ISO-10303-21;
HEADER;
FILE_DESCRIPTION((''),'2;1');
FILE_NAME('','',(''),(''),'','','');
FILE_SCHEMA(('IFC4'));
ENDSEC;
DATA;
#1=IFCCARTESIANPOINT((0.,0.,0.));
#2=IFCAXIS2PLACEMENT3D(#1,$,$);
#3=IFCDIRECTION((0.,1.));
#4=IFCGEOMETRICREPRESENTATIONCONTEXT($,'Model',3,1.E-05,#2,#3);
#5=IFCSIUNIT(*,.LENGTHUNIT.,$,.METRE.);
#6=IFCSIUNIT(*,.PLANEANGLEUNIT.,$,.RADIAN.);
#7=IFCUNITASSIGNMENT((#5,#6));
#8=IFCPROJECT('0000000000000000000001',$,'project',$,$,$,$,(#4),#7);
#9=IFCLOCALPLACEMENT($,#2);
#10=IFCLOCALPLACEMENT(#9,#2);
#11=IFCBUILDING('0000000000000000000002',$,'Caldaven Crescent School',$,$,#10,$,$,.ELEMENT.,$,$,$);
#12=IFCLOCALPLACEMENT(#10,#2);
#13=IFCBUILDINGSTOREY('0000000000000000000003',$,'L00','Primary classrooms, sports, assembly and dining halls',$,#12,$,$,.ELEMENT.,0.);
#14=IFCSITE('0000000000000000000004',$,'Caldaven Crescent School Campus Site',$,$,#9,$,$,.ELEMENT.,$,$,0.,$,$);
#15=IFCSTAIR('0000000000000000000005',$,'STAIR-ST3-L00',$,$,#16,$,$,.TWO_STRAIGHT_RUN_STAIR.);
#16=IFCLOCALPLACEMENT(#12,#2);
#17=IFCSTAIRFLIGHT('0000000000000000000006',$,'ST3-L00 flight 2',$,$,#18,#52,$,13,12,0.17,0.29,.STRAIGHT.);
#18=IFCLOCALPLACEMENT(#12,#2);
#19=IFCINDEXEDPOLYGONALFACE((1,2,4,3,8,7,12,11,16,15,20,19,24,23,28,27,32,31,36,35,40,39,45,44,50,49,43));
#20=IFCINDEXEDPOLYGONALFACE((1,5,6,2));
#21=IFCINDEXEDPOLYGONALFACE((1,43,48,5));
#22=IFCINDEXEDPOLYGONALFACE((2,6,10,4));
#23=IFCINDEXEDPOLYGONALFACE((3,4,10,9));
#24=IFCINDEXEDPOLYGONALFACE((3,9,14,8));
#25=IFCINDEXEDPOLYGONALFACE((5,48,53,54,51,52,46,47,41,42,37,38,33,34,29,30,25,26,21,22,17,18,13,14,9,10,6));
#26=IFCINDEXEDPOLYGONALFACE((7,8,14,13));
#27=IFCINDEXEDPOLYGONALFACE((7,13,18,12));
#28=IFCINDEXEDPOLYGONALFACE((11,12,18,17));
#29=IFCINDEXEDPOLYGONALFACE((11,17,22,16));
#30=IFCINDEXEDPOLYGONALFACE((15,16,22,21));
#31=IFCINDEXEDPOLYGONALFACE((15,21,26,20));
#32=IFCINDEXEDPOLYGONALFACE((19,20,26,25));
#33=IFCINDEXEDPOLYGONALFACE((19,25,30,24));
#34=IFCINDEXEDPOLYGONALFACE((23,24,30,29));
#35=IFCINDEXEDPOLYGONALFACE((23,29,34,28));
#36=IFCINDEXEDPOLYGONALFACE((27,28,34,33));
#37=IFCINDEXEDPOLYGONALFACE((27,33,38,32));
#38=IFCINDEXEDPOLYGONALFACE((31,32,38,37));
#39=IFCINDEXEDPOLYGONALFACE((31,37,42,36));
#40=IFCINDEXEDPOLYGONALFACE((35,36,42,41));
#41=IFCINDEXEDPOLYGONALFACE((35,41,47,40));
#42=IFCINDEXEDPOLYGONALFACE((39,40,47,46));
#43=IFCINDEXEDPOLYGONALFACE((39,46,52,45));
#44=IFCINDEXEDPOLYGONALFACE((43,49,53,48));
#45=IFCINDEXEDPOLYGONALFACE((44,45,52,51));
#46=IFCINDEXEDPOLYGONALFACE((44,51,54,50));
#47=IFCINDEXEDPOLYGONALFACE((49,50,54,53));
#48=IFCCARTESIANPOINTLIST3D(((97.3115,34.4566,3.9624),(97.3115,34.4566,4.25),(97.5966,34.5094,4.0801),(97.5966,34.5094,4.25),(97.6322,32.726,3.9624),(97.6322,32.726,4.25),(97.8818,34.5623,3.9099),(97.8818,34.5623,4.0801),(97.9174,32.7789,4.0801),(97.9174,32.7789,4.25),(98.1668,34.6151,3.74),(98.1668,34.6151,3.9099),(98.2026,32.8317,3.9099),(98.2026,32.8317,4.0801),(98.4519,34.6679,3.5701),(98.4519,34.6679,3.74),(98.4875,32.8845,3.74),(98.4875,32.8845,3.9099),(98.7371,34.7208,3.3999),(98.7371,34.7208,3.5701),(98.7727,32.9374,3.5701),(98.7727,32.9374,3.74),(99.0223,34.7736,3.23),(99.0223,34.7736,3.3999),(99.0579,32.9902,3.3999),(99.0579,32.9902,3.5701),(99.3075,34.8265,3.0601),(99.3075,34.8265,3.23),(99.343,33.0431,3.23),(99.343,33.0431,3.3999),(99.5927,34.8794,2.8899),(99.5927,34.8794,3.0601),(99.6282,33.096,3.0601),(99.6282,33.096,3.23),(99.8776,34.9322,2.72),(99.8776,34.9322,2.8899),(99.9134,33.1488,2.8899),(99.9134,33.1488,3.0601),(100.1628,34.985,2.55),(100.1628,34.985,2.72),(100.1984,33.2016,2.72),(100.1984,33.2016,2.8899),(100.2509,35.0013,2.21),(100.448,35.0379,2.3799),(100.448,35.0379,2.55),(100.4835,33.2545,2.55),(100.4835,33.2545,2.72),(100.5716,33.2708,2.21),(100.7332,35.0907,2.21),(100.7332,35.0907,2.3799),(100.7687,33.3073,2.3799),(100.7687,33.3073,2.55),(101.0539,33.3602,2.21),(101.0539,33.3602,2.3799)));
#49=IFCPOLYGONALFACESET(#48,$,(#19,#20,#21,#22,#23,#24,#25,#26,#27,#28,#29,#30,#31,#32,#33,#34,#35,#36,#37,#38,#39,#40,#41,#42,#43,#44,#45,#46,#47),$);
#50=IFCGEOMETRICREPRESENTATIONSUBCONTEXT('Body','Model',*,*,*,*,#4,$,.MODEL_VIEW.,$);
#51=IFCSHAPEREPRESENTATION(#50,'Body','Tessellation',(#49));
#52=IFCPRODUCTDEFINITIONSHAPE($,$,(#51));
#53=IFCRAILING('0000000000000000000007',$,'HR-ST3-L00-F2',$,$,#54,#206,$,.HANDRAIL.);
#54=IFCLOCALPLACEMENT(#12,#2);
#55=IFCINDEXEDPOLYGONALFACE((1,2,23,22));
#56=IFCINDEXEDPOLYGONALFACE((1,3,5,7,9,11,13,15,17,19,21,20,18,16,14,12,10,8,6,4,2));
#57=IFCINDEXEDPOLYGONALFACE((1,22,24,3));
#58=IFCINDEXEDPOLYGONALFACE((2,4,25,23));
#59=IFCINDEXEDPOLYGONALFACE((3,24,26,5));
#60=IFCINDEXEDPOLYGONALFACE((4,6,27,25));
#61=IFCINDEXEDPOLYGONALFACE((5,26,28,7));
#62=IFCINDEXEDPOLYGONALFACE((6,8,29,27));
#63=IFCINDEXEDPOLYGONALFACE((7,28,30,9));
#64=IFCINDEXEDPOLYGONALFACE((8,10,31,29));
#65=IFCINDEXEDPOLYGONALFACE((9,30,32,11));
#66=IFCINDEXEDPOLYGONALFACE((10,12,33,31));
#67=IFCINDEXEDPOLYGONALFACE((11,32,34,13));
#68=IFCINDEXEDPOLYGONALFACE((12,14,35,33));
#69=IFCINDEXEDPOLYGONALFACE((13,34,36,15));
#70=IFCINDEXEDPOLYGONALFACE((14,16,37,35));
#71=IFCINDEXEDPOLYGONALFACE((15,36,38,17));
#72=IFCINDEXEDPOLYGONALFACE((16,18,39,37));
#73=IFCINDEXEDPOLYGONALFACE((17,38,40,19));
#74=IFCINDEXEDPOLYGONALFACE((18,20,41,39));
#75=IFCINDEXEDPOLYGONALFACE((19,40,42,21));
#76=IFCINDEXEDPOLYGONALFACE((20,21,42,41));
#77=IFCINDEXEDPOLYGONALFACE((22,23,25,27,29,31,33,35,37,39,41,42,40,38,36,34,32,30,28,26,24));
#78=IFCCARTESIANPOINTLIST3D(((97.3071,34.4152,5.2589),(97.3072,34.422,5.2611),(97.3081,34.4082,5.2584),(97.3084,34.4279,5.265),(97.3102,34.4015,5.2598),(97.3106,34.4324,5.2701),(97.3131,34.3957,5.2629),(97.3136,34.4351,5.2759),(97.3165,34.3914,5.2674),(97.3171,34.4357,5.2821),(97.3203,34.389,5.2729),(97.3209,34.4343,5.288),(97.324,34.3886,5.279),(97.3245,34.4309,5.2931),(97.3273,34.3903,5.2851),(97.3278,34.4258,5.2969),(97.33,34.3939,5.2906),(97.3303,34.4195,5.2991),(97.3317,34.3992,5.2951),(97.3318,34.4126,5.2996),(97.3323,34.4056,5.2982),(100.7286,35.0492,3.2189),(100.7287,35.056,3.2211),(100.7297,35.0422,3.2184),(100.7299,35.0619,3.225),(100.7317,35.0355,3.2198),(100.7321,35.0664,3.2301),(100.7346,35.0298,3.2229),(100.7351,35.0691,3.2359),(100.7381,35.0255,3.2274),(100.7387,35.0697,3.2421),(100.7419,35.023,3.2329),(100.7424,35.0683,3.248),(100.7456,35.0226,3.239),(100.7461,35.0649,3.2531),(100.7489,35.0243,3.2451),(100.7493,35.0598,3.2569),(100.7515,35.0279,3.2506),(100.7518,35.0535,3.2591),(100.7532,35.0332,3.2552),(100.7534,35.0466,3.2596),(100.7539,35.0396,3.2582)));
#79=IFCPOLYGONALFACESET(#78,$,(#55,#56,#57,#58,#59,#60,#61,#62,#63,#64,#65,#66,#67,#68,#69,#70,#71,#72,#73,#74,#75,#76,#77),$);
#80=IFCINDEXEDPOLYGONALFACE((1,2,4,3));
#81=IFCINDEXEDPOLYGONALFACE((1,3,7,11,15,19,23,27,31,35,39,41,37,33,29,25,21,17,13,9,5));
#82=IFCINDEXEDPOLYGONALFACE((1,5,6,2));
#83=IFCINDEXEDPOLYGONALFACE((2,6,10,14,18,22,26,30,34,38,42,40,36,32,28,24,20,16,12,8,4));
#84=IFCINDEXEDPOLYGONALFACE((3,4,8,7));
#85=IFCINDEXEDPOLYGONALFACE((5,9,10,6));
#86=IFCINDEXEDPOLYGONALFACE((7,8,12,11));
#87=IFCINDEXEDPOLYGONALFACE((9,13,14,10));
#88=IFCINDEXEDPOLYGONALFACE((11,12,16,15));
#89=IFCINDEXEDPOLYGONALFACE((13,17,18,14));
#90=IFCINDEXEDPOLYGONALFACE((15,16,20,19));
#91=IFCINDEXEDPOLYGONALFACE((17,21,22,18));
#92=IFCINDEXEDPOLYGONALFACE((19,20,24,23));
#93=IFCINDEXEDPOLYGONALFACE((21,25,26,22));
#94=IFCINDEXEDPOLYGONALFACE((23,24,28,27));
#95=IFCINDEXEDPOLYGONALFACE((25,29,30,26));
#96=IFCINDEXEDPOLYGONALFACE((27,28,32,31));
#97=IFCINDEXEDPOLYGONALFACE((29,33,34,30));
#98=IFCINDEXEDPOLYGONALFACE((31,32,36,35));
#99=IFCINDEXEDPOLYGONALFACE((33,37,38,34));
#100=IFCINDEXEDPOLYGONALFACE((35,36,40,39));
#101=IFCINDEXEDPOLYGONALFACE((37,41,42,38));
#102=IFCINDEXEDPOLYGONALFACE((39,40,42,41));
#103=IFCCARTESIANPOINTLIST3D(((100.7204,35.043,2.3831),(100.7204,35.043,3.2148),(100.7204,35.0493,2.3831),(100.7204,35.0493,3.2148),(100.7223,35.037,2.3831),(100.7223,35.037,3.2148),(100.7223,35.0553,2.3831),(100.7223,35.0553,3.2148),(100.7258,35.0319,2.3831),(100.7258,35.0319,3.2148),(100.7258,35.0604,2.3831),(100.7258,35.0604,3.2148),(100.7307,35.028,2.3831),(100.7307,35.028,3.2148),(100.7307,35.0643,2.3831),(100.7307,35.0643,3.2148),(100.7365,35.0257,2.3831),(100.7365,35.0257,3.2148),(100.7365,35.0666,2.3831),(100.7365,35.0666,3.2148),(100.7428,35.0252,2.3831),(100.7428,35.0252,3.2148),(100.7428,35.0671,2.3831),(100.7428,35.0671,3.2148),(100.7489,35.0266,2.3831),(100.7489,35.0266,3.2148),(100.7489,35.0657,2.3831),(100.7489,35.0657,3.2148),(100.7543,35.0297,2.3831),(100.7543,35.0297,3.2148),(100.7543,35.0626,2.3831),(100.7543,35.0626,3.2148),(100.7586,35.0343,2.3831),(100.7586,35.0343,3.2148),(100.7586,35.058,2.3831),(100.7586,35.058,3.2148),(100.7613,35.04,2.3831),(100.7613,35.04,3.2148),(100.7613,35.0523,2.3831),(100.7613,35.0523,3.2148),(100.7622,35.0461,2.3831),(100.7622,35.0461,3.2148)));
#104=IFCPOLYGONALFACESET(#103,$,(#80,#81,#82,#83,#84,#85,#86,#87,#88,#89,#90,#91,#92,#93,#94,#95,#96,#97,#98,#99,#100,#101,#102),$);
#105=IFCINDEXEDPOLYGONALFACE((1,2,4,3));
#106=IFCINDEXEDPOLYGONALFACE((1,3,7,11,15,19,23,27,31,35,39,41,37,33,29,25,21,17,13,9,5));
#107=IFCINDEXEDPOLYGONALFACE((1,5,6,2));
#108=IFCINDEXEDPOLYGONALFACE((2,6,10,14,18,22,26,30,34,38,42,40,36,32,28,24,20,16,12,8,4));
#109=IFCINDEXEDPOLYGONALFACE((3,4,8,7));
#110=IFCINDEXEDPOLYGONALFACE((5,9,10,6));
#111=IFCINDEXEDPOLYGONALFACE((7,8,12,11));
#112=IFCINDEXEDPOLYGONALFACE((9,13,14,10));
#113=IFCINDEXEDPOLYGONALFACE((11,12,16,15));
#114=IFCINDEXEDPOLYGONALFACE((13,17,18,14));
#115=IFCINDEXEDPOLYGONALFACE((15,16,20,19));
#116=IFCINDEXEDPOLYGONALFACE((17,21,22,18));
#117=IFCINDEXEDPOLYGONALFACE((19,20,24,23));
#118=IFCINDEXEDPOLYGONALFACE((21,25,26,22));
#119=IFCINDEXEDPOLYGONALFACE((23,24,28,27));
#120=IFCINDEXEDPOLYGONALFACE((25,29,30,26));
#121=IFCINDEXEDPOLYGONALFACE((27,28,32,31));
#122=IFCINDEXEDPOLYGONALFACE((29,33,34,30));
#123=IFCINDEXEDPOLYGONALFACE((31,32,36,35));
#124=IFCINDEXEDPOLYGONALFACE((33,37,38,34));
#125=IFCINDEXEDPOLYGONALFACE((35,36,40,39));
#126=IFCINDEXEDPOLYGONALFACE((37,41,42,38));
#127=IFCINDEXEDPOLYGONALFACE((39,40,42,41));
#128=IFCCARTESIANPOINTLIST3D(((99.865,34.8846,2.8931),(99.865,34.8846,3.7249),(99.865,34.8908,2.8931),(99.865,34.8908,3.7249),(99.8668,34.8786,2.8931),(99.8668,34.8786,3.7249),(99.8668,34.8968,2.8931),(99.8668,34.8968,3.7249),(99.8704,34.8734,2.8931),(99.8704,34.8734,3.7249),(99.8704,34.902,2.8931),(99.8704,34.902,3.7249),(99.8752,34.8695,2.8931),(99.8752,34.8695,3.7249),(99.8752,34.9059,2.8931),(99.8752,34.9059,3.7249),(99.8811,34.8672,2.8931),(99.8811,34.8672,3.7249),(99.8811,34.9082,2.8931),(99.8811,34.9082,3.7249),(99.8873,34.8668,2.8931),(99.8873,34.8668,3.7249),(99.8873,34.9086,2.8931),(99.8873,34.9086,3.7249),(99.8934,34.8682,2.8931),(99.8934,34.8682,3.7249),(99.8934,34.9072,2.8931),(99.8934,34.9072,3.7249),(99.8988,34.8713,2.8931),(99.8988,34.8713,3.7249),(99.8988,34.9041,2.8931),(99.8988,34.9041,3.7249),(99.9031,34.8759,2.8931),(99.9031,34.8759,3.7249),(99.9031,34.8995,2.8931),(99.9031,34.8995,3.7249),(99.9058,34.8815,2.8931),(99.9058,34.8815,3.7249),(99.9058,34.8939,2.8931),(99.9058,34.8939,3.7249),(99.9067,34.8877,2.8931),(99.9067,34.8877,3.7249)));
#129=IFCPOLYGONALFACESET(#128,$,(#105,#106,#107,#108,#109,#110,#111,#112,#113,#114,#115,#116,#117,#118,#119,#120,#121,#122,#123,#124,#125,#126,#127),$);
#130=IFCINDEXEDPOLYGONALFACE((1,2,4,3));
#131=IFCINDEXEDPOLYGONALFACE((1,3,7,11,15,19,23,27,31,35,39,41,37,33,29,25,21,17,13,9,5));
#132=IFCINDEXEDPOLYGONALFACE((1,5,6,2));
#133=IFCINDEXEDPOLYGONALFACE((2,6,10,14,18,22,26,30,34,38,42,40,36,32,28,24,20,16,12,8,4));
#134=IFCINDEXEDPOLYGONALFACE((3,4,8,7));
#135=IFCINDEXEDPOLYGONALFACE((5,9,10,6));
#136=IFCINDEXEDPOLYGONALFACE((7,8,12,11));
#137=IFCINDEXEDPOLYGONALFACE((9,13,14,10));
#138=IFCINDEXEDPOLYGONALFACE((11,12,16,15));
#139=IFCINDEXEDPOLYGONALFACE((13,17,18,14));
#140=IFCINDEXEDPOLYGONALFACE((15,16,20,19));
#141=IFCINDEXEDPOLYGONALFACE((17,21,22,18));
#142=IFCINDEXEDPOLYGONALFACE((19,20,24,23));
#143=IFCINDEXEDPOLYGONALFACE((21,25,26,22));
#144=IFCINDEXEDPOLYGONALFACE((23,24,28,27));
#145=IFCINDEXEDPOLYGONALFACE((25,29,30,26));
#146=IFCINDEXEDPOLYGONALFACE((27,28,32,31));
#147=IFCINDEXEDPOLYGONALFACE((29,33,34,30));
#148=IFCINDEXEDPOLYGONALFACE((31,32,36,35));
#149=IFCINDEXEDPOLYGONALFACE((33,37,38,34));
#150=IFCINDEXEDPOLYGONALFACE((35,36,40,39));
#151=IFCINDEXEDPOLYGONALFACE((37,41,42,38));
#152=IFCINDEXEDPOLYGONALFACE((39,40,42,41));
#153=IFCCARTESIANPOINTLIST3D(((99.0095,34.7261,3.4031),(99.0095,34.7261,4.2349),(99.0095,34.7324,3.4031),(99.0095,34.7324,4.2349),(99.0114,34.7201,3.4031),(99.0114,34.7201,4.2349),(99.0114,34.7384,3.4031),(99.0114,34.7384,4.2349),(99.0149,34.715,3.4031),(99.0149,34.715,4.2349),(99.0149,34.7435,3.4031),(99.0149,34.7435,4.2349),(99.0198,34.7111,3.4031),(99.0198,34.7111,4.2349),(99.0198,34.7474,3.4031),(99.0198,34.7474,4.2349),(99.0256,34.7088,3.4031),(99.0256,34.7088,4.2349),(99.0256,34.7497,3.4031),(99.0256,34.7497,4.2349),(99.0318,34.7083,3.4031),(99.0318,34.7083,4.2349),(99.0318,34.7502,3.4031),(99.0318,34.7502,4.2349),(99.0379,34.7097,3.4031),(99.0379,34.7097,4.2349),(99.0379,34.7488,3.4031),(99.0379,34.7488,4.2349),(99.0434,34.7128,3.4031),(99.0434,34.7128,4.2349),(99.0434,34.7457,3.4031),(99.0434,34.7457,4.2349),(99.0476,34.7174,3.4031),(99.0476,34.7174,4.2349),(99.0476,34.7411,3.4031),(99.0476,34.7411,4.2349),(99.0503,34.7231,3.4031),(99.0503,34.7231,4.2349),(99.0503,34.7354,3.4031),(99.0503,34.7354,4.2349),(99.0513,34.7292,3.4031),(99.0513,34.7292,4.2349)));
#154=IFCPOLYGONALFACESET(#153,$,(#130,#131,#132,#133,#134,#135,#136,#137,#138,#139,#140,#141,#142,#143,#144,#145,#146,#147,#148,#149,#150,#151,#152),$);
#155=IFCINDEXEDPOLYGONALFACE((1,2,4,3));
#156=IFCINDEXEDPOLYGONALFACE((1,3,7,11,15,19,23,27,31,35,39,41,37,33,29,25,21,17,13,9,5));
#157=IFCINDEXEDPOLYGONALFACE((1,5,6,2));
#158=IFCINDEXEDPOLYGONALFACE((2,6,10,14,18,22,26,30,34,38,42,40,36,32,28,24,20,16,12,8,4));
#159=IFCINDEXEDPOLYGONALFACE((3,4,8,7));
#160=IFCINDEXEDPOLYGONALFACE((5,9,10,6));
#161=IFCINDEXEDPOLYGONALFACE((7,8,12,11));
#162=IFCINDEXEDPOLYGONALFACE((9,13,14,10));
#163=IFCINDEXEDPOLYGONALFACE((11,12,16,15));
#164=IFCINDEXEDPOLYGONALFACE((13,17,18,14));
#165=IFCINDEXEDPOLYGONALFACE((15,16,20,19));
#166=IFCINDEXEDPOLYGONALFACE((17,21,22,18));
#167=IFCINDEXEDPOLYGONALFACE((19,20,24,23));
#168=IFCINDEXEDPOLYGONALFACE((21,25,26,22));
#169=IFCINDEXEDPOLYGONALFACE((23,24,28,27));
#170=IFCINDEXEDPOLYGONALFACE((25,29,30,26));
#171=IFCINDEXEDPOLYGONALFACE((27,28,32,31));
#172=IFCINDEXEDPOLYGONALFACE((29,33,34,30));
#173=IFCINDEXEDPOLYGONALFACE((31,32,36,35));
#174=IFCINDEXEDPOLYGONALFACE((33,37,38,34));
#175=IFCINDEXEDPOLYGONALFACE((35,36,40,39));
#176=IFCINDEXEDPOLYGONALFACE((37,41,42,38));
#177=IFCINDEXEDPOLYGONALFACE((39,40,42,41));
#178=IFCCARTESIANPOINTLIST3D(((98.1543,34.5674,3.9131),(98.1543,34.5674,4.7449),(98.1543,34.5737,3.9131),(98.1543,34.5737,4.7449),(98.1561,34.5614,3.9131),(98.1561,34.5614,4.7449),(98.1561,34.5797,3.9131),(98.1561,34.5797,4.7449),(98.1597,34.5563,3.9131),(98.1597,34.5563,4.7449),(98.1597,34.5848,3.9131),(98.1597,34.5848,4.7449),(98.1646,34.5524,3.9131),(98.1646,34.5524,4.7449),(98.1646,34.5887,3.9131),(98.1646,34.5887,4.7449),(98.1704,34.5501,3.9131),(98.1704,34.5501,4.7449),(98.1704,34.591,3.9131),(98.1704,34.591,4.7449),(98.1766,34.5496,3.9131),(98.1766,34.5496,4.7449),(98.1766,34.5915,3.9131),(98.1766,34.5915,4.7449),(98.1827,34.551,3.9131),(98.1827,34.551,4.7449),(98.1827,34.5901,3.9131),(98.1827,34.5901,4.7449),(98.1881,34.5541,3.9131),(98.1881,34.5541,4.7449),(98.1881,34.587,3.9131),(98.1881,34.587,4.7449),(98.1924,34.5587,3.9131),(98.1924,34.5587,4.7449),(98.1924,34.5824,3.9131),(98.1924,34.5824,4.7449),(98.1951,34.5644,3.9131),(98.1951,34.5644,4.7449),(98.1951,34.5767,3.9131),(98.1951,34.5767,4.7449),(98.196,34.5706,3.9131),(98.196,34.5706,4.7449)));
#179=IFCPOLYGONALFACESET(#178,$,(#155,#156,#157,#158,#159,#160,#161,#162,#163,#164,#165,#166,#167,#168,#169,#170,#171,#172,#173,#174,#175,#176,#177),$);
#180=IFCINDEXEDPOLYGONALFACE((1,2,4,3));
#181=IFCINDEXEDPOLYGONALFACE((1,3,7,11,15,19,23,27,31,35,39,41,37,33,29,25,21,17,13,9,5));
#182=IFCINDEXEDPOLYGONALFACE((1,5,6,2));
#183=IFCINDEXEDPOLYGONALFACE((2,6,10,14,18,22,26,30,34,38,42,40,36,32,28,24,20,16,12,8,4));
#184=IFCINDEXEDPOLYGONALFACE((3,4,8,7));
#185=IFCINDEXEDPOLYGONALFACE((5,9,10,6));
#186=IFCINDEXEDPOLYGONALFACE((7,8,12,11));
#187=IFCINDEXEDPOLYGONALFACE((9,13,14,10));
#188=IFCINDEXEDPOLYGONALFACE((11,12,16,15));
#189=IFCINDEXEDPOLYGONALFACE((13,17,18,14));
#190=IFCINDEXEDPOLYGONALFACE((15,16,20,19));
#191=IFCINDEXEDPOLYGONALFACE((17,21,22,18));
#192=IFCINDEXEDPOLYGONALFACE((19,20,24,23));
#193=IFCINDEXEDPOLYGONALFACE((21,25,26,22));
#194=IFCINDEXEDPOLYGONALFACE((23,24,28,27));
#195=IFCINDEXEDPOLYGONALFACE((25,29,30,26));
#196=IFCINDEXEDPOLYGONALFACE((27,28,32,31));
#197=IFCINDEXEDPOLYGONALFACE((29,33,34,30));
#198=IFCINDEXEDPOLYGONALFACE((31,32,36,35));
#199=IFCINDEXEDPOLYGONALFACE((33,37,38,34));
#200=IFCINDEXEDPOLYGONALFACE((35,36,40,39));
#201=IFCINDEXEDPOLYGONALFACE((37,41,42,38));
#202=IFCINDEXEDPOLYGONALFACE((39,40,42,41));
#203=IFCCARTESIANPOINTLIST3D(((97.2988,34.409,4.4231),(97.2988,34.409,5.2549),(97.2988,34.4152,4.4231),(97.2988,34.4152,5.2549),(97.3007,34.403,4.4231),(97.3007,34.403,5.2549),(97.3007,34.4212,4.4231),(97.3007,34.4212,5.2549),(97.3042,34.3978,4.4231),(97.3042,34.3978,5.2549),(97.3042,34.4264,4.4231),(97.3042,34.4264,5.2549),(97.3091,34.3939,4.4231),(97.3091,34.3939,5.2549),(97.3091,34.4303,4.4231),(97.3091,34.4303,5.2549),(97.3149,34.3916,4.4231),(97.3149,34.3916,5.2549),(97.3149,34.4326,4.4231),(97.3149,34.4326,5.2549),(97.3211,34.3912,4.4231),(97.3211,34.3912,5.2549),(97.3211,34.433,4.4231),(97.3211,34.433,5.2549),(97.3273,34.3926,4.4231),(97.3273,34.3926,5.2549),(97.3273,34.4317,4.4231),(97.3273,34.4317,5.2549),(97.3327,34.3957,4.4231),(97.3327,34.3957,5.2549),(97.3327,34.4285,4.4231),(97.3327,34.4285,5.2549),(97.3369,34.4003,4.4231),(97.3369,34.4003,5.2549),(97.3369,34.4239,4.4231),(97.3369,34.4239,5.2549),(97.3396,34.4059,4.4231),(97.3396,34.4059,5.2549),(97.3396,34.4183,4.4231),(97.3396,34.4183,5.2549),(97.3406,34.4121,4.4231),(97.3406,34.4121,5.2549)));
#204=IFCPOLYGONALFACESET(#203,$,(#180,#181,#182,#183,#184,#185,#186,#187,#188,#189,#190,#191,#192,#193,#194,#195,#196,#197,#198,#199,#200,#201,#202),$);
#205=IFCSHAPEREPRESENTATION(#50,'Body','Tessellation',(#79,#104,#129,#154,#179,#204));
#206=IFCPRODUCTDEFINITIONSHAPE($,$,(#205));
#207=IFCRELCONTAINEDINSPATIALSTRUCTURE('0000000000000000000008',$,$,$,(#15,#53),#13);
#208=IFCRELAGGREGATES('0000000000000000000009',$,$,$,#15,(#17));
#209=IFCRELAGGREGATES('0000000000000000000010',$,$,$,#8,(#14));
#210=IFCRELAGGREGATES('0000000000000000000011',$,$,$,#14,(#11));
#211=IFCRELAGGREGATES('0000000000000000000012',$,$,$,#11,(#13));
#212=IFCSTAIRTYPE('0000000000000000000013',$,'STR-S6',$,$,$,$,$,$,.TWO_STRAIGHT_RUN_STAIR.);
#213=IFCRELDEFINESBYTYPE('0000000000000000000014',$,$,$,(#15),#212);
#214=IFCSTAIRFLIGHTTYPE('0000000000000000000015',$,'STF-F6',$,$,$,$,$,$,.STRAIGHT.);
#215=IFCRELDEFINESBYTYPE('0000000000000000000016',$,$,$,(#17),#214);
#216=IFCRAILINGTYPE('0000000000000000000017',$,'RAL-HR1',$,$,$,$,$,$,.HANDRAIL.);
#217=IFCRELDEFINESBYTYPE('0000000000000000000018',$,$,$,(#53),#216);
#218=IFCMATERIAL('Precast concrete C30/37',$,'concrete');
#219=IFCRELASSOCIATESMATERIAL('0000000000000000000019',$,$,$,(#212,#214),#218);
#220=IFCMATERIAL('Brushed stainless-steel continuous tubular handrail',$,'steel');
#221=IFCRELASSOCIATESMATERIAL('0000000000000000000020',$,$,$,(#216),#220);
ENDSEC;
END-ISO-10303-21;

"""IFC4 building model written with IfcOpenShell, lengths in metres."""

from ifc_helpers import new_model, si_unit, direction, frame, origin, origin_2d, place, context, subcontext, project, spatial, polyline, circle, outline, extrude, material, type_object, element, aggregate, save


model = new_model("IFC4")

# Units and contexts
model_context = context("Model", 3, precision=1e-05, world=origin(), true_north=direction((0.0, 1.0)))
body_context = subcontext(model_context, "Body", "Model", "MODEL_VIEW")
ifc_project = project(units=[si_unit("LENGTHUNIT", "METRE"), si_unit("PLANEANGLEUNIT", "RADIAN")], contexts=[model_context])

# Site, building, storey
site_placement = place(None, origin())
site = spatial("IfcSite", under=ifc_project, at=site_placement, Name="Caldaven Crescent School Campus Site", CompositionType="ELEMENT", RefElevation=0.0)
building_placement = place(site_placement, origin())
building = spatial("IfcBuilding", under=site, at=building_placement, Name="Caldaven Crescent School", CompositionType="ELEMENT")
storey_placement = place(building_placement, origin())
storey = spatial("IfcBuildingStorey", under=building, at=storey_placement, Name="L00", Description="Primary classrooms, sports, assembly and dining halls", CompositionType="ELEMENT", Elevation=0.0)

# Stair, stair flight
ifc_material_1 = material(Name="Precast concrete C30/37", Category="concrete")
stair_type = type_object("IfcStairType", Name="STR-S6", PredefinedType="TWO_STRAIGHT_RUN_STAIR", material=ifc_material_1)
stair_placement = place(storey_placement, origin())
stair = element("IfcStair", 1, at=stair_placement, inside=storey, type_object=stair_type, Name="STAIR-ST3-L00", PredefinedType="TWO_STRAIGHT_RUN_STAIR")
stair_flight_type = type_object("IfcStairFlightType", Name="STF-F6", PredefinedType="STRAIGHT", material=ifc_material_1)
stair_flight_1_placement = place(storey_placement, frame((100.8936, 34.2253, 2.21), z_axis=(0.0, 0.0, 1.0), x_axis=(-0.983255, -0.182236, 0.0)))
stair_flight_1 = element("IfcStairFlight", 2, at=stair_flight_1_placement, type_object=stair_flight_type, Name="ST3-L00 flight 2", NumberOfRisers=13, NumberOfTreads=12, PredefinedType="STRAIGHT", RiserHeight=0.17, TreadLength=0.29, context=body_context, shape_type="SweptSolid", body=[
    extrude(outline(polyline([(0.0, 0.0), (0.0, 0.1699), (0.29, 0.1699), (0.29, 0.3401), (0.5801, 0.3401), (0.5801, 0.51), (0.8701, 0.51), (0.8701, 0.6799), (1.1599, 0.6799), (1.1599, 0.8501), (1.45, 0.8501), (1.45, 1.02), (1.74, 1.02), (1.74, 1.1899), (2.03, 1.1899), (2.03, 1.3601), (2.3201, 1.3601), (2.3201, 1.53), (2.6101, 1.53), (2.6101, 1.7), (2.8999, 1.7), (2.8999, 1.8701), (3.1899, 1.8701), (3.1899, 2.04), (3.48, 2.04), (3.48, 2.21), (3.48, 1.7524), (0.4905, 0.0), (0.0, 0.0)])), frame((0.0, 0.8799, 0.0), z_axis=(0.0, -1.0, 0.0), x_axis=(1.0, 0.0, 0.0)), (0.0, 0.0, 1.0), 1.76),
])
aggregate(stair, [stair_flight_1])

# Railing
ifc_material_2 = material(Name="Brushed stainless-steel continuous tubular handrail", Category="steel")
railing_type_1 = type_object("IfcRailingType", Name="RAL-HR1", PredefinedType="HANDRAIL", material=ifc_material_2)
railing_1_placement = place(storey_placement, frame((100.7412, 35.0461, 2.3831)))
element("IfcRailing", 3, at=railing_1_placement, inside=storey, type_object=railing_type_1, Name="HR-ST3-L00-F2", PredefinedType="HANDRAIL", context=body_context, shape_type="SweptSolid", body=[
    extrude(circle(Radius=0.0239, at=origin_2d()), frame((0.0, 0.0, 0.856), z_axis=(-0.848246, -0.157181, 0.50574), x_axis=(0.1822, -0.983262, 0.0)), (0.0, 0.0, 1.0), 4.0337),
    extrude(circle(Radius=0.021, at=origin_2d()), origin(), (0.0, 0.0, 1.0), 0.8318),
    extrude(circle(Radius=0.021, at=origin_2d()), frame((-0.8555, -0.1584, 0.51)), (0.0, 0.0, 1.0), 0.8318),
    extrude(circle(Radius=0.021, at=origin_2d()), frame((-1.7109, -0.3169, 1.02)), (0.0, 0.0, 1.0), 0.8318),
    extrude(circle(Radius=0.021, at=origin_2d()), frame((-2.5662, -0.4756, 1.53)), (0.0, 0.0, 1.0), 0.8318),
    extrude(circle(Radius=0.021, at=origin_2d()), frame((-3.4216, -0.634, 2.04)), (0.0, 0.0, 1.0), 0.8318),
])

save(model, "model.ifc")
